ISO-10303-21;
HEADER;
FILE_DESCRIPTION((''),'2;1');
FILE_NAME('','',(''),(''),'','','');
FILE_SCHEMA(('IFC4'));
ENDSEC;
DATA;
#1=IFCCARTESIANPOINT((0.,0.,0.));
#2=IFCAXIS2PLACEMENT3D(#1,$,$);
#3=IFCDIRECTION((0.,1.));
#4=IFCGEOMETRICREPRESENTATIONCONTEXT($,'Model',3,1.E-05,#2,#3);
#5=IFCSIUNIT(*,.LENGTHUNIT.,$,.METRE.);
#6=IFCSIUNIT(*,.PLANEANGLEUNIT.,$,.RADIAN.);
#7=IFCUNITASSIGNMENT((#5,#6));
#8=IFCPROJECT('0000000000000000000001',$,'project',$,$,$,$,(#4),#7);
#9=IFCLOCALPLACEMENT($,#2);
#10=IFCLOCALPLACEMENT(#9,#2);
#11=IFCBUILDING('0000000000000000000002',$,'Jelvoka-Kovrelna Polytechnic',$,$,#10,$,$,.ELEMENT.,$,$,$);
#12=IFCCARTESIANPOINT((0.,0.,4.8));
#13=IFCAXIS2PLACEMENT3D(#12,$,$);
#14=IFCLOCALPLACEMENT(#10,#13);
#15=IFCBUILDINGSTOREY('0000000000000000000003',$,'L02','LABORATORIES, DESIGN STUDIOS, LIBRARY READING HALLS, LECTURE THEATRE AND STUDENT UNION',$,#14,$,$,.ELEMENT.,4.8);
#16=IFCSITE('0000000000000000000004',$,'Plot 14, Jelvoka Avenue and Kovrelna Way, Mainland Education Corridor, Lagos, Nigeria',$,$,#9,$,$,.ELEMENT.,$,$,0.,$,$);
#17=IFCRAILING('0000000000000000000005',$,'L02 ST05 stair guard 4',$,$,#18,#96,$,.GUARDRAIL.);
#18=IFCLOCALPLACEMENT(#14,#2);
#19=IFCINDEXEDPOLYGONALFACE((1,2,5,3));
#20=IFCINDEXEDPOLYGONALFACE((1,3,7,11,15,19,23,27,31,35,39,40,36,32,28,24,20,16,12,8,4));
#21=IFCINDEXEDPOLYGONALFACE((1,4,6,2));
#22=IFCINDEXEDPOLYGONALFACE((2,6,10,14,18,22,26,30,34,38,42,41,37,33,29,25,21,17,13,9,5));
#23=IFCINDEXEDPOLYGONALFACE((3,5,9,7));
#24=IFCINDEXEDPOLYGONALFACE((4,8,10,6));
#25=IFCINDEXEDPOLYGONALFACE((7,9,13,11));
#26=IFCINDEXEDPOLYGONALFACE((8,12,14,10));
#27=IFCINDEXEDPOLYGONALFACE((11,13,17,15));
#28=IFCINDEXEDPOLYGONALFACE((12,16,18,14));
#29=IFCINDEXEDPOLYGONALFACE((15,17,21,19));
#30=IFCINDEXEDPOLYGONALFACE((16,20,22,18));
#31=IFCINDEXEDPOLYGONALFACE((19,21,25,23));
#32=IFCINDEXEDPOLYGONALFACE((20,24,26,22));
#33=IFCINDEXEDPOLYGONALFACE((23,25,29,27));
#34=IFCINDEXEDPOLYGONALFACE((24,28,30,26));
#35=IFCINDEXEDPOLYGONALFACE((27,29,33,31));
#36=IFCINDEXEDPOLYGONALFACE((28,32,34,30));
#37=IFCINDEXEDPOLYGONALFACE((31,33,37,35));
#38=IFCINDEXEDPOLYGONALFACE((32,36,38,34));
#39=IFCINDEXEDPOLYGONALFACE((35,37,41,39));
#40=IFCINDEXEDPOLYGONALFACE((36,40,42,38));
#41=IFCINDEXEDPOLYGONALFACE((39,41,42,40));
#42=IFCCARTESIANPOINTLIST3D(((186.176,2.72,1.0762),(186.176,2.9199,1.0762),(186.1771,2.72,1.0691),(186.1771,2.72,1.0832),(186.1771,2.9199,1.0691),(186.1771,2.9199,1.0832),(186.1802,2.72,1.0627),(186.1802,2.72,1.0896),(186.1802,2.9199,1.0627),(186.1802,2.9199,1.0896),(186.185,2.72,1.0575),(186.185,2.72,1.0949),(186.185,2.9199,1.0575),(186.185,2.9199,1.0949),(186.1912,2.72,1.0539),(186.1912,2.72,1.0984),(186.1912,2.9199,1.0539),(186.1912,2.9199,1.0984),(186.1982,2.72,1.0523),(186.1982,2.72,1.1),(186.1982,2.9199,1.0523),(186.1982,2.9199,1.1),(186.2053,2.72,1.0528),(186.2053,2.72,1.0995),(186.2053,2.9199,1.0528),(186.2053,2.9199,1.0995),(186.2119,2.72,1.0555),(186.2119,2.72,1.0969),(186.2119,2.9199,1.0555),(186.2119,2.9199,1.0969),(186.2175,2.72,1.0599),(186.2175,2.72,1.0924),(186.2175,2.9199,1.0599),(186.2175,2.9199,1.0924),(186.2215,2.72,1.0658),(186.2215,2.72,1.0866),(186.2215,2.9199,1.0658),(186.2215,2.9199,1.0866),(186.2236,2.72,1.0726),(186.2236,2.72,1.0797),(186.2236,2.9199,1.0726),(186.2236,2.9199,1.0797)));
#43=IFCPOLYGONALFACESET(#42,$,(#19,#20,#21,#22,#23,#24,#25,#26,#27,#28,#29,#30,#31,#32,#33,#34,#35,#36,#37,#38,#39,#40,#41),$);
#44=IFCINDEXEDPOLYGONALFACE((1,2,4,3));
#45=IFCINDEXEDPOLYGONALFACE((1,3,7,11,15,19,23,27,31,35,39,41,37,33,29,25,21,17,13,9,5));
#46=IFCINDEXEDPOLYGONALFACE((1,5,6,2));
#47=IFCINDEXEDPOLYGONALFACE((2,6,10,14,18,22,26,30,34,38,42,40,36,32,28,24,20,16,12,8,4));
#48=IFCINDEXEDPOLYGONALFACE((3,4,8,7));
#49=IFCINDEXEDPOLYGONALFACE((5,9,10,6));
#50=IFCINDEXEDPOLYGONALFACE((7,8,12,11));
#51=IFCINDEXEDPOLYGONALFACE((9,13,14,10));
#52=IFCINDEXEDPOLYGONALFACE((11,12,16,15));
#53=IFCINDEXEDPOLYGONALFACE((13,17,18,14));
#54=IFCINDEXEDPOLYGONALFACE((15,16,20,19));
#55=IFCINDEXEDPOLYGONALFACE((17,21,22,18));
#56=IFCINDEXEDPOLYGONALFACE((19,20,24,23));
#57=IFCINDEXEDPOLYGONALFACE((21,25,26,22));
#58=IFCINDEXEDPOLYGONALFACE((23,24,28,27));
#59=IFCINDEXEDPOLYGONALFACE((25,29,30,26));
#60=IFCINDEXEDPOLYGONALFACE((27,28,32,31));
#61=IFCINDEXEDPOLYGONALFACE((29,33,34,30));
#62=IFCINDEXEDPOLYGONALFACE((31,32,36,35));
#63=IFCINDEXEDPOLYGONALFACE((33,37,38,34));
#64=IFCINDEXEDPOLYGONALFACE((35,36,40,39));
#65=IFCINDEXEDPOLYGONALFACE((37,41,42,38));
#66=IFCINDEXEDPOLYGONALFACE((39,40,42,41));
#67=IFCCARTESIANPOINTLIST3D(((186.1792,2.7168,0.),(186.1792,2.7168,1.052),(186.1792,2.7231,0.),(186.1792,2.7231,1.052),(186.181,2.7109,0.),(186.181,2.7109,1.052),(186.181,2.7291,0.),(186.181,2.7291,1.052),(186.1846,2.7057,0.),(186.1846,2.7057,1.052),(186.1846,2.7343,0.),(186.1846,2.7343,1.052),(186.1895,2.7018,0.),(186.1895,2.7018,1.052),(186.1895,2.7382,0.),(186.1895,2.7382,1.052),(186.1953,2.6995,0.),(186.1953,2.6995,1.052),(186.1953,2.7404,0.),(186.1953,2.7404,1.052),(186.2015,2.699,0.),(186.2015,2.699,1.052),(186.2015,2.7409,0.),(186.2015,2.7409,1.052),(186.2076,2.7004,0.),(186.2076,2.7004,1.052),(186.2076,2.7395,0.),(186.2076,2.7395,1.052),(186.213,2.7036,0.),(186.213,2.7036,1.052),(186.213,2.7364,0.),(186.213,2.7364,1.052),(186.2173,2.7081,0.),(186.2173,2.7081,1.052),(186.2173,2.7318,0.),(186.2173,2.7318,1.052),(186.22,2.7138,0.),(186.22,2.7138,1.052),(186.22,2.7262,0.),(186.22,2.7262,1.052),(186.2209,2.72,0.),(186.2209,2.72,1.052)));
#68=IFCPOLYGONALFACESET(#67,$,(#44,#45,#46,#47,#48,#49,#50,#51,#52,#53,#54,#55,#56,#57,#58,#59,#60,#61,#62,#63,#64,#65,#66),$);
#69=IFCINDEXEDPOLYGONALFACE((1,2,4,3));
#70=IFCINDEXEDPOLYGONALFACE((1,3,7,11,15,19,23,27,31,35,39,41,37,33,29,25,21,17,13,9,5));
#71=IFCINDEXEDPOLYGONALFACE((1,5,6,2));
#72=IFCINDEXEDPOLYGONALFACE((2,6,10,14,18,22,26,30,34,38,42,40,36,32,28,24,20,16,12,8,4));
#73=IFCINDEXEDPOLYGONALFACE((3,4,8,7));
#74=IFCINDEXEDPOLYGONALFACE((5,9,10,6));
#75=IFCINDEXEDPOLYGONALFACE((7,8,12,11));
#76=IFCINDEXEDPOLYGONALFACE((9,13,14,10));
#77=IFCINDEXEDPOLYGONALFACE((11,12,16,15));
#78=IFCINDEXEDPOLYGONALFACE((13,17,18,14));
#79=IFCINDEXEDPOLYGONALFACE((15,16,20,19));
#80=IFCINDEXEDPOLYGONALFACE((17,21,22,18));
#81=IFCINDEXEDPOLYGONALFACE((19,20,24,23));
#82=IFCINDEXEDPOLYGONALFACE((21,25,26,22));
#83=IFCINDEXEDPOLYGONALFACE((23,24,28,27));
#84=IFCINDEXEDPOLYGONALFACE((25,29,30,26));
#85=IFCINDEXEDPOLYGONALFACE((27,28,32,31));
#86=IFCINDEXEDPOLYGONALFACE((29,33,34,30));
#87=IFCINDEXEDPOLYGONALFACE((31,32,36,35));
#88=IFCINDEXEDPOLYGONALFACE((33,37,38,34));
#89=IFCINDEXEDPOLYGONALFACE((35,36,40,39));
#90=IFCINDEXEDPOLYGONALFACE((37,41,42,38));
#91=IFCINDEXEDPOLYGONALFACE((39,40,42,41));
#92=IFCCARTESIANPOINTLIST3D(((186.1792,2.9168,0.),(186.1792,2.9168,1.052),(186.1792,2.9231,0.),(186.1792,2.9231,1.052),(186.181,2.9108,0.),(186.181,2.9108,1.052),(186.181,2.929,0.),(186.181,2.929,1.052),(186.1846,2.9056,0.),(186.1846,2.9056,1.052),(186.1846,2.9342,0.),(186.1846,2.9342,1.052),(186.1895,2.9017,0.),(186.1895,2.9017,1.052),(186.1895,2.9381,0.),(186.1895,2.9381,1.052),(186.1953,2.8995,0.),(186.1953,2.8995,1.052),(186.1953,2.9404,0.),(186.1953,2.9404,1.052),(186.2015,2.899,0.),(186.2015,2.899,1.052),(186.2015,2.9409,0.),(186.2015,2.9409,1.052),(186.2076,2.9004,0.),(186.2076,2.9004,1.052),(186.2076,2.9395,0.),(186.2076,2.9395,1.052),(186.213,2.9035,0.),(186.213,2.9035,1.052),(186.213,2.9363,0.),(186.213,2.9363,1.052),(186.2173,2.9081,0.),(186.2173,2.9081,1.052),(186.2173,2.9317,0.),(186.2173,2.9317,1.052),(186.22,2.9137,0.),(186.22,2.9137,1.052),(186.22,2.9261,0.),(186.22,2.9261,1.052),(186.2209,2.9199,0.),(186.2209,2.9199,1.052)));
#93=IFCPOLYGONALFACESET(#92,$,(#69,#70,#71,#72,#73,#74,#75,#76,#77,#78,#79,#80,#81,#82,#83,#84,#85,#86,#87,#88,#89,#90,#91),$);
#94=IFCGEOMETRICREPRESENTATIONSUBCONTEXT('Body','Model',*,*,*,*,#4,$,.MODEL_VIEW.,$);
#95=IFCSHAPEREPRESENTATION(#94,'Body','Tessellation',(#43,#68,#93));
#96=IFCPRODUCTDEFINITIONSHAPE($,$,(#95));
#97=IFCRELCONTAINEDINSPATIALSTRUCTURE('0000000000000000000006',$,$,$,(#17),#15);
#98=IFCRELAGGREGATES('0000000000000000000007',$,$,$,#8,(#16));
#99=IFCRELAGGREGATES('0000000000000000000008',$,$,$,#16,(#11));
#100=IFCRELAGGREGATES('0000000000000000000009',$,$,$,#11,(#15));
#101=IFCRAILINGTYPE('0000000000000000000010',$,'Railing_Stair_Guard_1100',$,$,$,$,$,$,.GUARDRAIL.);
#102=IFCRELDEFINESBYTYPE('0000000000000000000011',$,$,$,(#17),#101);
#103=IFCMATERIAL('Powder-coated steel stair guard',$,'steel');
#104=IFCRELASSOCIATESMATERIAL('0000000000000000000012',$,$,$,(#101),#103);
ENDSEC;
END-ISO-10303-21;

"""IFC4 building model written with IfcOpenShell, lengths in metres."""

from ifc_helpers import new_model, si_unit, direction, frame, origin, origin_2d, place, context, subcontext, project, spatial, circle, extrude, material, type_object, element, save


model = new_model("IFC4")

# Units and contexts
model_context = context("Model", 3, precision=1e-05, world=origin(), true_north=direction((0.0, 1.0)))
body_context = subcontext(model_context, "Body", "Model", "MODEL_VIEW")
ifc_project = project(units=[si_unit("LENGTHUNIT", "METRE"), si_unit("PLANEANGLEUNIT", "RADIAN")], contexts=[model_context])

# Site, building, storey
site_placement = place(None, origin())
site = spatial("IfcSite", under=ifc_project, at=site_placement, Name="Plot 14, Jelvoka Avenue and Kovrelna Way, Mainland Education Corridor, Lagos, Nigeria", CompositionType="ELEMENT", RefElevation=0.0)
building_placement = place(site_placement, origin())
building = spatial("IfcBuilding", under=site, at=building_placement, Name="Jelvoka-Kovrelna Polytechnic", CompositionType="ELEMENT")
storey_placement = place(building_placement, frame((0.0, 0.0, 4.8)))
storey = spatial("IfcBuildingStorey", under=building, at=storey_placement, Name="L02", Description="LABORATORIES, DESIGN STUDIOS, LIBRARY READING HALLS, LECTURE THEATRE AND STUDENT UNION", CompositionType="ELEMENT", Elevation=4.8)

# Railing
ifc_material_1 = material(Name="Powder-coated steel stair guard", Category="steel")
railing_type_1 = type_object("IfcRailingType", Name="Railing_Stair_Guard_1100", PredefinedType="GUARDRAIL", material=ifc_material_1)
railing_1_placement = place(storey_placement, frame((186.2, 2.72, 0.0)))
element("IfcRailing", 1, at=railing_1_placement, inside=storey, type_object=railing_type_1, Name="L02 ST05 stair guard 4", PredefinedType="GUARDRAIL", context=body_context, shape_type="SweptSolid", body=[
    extrude(circle(Radius=0.0239, at=origin_2d()), frame((0.0, 0.0, 1.0762), z_axis=(0.0, 1.0, 0.0), x_axis=(-1.0, 0.0, 0.0)), (0.0, 0.0, 1.0), 0.2),
    extrude(circle(Radius=0.021, at=origin_2d()), origin(), (0.0, 0.0, 1.0), 1.052),
    extrude(circle(Radius=0.021, at=origin_2d()), frame((0.0, 0.2, 0.0)), (0.0, 0.0, 1.0), 1.052),
])

save(model, "model.ifc")
